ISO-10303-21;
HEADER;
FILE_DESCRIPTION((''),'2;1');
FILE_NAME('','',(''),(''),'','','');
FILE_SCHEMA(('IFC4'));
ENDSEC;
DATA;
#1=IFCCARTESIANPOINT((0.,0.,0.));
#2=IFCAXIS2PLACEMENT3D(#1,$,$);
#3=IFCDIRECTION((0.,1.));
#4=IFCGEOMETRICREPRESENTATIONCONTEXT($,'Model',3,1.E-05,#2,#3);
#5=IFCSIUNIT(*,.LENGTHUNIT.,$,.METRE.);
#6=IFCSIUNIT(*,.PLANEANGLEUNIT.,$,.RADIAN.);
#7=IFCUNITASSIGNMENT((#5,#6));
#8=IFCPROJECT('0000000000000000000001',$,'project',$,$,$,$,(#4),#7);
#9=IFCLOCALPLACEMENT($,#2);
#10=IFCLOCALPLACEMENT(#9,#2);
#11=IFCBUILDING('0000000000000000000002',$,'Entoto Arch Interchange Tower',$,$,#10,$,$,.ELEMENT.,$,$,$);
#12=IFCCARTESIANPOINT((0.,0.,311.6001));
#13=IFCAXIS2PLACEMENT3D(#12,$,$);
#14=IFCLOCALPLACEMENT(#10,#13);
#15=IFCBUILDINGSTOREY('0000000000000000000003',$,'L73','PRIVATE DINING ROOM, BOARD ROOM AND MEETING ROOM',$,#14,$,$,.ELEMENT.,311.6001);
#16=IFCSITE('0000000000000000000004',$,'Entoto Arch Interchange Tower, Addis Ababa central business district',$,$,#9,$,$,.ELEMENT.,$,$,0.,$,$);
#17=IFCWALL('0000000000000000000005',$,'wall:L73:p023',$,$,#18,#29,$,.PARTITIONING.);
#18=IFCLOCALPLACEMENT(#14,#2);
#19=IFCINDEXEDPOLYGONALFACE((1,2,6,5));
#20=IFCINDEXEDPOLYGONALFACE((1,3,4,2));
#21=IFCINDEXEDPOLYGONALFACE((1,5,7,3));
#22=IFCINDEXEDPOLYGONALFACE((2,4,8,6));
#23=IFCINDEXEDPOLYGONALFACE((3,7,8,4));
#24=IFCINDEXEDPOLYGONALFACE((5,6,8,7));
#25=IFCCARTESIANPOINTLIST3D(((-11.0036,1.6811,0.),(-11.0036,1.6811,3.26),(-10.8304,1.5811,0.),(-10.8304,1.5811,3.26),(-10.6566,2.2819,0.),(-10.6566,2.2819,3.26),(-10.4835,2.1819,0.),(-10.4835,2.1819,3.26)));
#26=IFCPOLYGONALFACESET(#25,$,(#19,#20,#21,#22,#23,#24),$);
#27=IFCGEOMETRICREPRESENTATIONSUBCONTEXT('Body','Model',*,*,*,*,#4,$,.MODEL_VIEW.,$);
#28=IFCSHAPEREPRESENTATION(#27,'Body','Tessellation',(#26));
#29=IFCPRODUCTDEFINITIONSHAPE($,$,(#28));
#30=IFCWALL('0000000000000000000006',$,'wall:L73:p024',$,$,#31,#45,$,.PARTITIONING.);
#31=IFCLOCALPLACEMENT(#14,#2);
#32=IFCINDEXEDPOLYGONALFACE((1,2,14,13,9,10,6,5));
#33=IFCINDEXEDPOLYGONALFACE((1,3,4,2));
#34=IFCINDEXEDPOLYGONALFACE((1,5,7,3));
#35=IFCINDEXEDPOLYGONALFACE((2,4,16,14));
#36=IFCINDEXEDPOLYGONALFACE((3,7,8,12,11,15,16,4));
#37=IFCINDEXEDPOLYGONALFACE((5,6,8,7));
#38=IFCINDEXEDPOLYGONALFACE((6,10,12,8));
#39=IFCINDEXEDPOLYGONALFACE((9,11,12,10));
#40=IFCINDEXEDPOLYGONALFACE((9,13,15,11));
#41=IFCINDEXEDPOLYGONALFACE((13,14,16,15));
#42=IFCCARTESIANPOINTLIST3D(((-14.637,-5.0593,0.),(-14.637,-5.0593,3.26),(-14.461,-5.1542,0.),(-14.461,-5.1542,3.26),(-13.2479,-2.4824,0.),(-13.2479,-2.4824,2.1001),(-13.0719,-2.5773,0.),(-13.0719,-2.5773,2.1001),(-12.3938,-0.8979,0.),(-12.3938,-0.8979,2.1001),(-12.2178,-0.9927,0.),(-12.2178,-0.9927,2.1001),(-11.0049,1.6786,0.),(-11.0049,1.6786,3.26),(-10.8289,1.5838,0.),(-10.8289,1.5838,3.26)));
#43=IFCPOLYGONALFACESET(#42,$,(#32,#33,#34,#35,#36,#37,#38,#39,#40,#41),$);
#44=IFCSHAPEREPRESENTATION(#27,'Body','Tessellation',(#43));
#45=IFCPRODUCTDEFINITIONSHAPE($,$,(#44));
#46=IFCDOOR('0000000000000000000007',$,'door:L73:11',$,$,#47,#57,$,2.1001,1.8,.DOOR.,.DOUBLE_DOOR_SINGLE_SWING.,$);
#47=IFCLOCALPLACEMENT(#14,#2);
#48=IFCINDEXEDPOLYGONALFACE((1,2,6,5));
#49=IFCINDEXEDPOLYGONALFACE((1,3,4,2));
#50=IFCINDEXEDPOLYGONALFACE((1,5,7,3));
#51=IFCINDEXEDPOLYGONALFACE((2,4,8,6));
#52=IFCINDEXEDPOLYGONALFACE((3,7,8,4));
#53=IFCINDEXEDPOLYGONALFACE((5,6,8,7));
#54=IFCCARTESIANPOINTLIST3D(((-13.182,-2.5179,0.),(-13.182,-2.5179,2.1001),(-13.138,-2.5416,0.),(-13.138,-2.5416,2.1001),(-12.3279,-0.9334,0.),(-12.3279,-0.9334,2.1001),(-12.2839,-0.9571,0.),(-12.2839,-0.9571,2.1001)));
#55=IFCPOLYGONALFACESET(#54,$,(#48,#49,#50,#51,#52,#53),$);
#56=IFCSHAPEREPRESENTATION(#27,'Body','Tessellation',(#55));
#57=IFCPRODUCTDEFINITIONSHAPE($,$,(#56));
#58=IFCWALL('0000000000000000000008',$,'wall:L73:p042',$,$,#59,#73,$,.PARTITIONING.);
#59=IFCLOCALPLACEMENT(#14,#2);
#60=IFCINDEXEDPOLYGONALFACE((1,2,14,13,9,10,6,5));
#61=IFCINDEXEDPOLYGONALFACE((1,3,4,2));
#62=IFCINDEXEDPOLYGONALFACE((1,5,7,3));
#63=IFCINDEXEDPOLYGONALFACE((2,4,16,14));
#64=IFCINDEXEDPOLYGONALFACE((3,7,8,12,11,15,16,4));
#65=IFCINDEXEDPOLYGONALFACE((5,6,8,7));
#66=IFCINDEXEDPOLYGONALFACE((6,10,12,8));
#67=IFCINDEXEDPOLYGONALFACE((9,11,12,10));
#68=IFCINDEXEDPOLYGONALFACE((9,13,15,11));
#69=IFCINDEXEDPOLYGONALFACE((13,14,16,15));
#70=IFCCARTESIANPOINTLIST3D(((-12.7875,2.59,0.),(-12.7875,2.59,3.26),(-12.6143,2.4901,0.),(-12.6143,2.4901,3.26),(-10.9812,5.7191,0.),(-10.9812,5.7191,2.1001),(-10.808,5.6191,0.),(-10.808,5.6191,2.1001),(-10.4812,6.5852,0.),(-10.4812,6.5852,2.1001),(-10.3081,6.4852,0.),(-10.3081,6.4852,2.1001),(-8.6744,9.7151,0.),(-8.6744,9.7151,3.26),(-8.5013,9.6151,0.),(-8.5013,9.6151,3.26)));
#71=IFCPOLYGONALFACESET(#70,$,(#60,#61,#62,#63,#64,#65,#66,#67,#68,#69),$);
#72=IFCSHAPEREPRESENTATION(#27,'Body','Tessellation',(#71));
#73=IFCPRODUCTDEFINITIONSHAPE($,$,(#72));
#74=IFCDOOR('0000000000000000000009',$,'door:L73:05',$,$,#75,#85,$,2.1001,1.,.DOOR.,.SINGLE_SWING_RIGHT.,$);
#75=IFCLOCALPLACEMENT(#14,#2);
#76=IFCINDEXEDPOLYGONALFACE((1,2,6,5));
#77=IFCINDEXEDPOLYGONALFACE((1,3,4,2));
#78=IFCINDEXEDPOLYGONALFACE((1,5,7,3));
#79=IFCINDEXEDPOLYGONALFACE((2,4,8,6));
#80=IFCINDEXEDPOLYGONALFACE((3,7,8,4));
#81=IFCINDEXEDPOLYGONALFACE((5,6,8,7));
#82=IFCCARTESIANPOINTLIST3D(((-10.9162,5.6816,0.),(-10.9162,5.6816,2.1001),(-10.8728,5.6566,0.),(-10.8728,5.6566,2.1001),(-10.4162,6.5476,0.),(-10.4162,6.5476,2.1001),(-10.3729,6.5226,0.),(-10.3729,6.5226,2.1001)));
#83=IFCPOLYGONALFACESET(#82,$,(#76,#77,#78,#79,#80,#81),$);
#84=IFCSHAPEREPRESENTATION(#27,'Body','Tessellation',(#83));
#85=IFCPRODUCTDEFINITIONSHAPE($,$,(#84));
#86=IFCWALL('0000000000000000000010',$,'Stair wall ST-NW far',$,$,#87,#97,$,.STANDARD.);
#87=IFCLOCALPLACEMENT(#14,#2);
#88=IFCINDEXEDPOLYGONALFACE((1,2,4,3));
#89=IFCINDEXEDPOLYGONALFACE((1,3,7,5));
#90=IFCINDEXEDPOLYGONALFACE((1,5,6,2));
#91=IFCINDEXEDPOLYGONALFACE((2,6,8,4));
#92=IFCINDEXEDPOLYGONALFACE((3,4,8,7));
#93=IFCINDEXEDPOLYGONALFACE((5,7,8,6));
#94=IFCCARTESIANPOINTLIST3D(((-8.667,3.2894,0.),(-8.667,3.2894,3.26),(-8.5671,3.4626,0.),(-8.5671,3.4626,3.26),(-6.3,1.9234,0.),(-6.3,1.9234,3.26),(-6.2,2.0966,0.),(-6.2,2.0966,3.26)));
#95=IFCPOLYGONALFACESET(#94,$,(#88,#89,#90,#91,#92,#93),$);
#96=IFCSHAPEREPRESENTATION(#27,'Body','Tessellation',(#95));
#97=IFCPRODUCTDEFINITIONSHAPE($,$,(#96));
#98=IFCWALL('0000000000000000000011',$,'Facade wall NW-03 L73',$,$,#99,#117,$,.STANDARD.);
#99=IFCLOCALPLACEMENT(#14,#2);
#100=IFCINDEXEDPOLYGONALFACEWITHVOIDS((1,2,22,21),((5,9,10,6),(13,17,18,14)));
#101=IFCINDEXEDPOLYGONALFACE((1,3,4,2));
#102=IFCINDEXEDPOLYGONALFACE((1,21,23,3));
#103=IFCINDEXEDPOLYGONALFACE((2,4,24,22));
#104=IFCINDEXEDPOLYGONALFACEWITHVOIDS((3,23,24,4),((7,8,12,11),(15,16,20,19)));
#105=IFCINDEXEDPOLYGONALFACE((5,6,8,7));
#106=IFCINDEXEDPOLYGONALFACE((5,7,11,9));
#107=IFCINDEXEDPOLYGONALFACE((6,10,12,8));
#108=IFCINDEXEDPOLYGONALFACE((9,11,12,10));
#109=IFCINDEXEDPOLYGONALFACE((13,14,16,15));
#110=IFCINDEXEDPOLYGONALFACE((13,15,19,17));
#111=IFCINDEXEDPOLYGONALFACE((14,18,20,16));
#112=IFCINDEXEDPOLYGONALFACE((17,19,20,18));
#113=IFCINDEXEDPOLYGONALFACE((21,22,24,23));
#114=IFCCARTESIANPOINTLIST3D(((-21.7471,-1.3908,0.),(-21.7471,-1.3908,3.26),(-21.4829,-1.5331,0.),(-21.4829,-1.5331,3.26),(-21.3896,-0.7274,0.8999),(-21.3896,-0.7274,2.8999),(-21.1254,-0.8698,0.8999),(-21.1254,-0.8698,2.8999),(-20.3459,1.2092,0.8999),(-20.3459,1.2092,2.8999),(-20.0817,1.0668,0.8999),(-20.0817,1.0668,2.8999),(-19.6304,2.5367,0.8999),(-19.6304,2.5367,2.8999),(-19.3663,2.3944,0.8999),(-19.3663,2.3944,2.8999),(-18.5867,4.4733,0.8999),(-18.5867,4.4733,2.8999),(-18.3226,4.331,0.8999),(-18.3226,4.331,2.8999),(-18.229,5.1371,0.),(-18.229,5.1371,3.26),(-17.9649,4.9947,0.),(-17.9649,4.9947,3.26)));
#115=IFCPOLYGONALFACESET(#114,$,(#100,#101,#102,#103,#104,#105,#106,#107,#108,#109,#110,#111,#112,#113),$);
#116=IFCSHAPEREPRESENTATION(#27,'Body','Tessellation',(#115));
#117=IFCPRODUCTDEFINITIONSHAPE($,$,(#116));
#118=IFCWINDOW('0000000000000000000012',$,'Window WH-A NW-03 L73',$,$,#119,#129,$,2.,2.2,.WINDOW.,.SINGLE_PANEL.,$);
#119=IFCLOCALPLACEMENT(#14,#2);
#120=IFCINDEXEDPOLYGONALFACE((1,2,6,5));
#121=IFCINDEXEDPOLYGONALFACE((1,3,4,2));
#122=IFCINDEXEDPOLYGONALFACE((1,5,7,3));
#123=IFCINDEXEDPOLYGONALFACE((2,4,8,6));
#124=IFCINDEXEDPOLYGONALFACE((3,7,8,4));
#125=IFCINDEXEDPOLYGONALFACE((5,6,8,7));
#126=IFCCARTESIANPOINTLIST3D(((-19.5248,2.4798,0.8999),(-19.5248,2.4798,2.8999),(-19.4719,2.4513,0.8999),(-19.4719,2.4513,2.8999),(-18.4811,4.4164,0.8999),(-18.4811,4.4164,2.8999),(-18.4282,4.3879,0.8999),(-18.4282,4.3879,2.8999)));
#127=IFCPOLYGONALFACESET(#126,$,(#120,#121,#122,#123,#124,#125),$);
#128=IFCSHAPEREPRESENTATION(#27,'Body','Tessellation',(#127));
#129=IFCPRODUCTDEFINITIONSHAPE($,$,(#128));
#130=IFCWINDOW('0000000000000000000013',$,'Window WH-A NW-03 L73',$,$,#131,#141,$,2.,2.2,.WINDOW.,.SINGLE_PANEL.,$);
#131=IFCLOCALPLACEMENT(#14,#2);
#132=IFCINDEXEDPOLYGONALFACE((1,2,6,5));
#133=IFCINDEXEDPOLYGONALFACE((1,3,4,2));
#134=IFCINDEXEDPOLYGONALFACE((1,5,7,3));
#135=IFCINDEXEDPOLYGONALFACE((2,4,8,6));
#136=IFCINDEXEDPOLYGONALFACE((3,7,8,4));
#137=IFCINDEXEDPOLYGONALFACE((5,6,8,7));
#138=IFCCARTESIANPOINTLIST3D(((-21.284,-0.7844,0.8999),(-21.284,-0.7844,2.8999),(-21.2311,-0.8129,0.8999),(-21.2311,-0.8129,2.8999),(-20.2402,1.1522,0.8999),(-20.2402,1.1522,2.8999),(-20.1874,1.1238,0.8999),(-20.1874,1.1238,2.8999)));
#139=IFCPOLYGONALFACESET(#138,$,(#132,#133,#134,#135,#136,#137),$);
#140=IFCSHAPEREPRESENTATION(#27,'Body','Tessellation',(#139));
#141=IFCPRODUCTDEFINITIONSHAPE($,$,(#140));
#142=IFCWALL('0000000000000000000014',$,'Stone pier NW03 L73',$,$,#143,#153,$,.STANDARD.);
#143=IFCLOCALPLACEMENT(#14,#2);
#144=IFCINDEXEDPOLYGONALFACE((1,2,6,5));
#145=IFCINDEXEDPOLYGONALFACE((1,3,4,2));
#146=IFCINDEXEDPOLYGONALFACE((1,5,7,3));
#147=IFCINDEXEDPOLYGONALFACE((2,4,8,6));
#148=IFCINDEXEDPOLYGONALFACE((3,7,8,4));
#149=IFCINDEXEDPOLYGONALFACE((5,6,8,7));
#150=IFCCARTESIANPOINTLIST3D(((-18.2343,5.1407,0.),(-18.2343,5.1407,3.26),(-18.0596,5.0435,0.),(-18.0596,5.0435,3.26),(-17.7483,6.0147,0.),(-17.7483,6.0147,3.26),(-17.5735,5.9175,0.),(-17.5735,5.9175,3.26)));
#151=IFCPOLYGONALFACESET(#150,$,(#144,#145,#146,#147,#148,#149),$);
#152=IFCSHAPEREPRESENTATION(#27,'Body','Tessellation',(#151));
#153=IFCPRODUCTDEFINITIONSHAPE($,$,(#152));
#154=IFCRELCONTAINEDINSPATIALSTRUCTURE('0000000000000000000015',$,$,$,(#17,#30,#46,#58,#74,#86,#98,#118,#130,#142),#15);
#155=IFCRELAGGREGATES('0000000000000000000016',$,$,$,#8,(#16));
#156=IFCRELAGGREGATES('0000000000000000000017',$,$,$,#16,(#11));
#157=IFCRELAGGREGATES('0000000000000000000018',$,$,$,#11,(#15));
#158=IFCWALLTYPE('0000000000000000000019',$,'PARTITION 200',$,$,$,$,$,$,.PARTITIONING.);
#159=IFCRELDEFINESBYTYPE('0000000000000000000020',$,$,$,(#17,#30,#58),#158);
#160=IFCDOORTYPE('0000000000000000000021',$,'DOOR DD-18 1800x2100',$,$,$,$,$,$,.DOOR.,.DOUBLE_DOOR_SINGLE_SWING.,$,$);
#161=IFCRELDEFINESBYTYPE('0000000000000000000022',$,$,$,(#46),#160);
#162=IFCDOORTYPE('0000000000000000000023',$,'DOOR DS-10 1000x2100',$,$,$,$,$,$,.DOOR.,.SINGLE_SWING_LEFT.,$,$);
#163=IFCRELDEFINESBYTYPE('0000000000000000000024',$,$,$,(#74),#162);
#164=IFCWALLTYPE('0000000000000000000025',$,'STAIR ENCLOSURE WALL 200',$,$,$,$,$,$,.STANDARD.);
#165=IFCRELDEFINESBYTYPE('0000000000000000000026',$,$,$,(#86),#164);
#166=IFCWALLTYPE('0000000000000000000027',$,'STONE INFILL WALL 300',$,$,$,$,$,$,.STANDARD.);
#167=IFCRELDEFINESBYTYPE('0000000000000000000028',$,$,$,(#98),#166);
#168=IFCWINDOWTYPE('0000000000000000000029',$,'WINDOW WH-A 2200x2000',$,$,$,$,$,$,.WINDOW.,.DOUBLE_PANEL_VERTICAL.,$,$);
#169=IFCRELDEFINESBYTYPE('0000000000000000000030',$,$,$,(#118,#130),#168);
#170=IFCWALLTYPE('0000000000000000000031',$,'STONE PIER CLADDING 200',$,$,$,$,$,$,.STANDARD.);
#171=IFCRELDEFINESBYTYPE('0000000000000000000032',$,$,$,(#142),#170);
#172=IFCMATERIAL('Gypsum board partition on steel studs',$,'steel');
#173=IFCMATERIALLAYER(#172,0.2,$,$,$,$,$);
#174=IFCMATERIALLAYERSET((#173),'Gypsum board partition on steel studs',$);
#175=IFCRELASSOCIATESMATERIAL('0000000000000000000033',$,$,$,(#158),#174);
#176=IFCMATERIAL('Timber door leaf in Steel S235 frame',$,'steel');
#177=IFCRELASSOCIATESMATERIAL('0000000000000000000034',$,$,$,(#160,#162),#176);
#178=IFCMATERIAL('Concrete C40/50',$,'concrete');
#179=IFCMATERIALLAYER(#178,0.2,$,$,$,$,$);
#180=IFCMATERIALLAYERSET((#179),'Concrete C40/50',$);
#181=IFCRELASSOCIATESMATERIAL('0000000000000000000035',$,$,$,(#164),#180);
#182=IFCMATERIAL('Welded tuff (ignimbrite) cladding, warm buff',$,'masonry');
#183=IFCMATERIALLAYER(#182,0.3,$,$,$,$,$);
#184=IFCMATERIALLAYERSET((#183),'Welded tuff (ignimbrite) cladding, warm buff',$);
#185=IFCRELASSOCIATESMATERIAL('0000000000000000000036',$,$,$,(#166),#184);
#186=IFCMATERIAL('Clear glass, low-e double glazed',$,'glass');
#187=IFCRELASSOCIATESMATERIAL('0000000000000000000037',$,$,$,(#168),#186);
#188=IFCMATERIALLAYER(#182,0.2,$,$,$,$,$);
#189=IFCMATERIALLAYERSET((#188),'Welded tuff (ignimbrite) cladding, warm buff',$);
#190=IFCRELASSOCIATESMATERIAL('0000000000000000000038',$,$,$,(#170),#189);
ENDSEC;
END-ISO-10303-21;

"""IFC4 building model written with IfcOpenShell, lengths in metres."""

from ifc_helpers import new_model, si_unit, direction, frame, frame_2d, origin, place, context, subcontext, project, spatial, rectangle, extrude, material, layer, layer_set, type_object, element, fill, save


model = new_model("IFC4")

# Units and contexts
model_context = context("Model", 3, precision=1e-05, world=origin(), true_north=direction((0.0, 1.0)))
body_context = subcontext(model_context, "Body", "Model", "MODEL_VIEW")
ifc_project = project(units=[si_unit("LENGTHUNIT", "METRE"), si_unit("PLANEANGLEUNIT", "RADIAN")], contexts=[model_context])

# Site, building, storey
site_placement = place(None, origin())
site = spatial("IfcSite", under=ifc_project, at=site_placement, Name="Entoto Arch Interchange Tower, Addis Ababa central business district", CompositionType="ELEMENT", RefElevation=0.0)
building_placement = place(site_placement, origin())
building = spatial("IfcBuilding", under=site, at=building_placement, Name="Entoto Arch Interchange Tower", CompositionType="ELEMENT")
storey_placement = place(building_placement, frame((0.0, 0.0, 311.6001)))
storey = spatial("IfcBuildingStorey", under=building, at=storey_placement, Name="L73", Description="PRIVATE DINING ROOM, BOARD ROOM AND MEETING ROOM", CompositionType="ELEMENT", Elevation=311.6001)

# Shared definitions
ifc_material_1 = material(Name="Concrete C40/50", Category="concrete")

# Wall
ifc_material_2 = material(Name="Gypsum board partition on steel studs", Category="steel")
ifc_layer_1 = layer(ifc_material_2, 0.2)
ifc_layer_set_1 = layer_set([ifc_layer_1], Name="Gypsum board partition on steel studs")
wall_type_1 = type_object("IfcWallType", Name="PARTITION 200", PredefinedType="PARTITIONING", material=ifc_layer_set_1)
wall_1_placement = place(storey_placement, frame((-10.5701, 2.2319, 0.0), z_axis=(0.0, 0.0, 1.0), x_axis=(-0.500037, -0.866004, 0.0)))
element("IfcWall", 1, at=wall_1_placement, inside=storey, type_object=wall_type_1, Name="wall:L73:p023", PredefinedType="PARTITIONING", context=body_context, shape_type="SweptSolid", body=[
    extrude(rectangle(XDim=0.6938, YDim=0.2, at=frame_2d((0.3469, 0.0))), origin(), (0.0, 0.0, 1.0), 3.26),
])

# Walls, openings, doors
wall_2_placement = place(storey_placement, frame((-10.917, 1.6311, 0.0), z_axis=(0.0, 0.0, 1.0), x_axis=(-0.474495, -0.880258, 0.0)))
wall_2 = element("IfcWall", 2, at=wall_2_placement, inside=storey, type_object=wall_type_1, Name="wall:L73:p024", PredefinedType="PARTITIONING", context=body_context, shape_type="SweptSolid", body=[
    extrude(rectangle(XDim=7.6545, YDim=0.2, at=frame_2d((3.8271, 0.0))), origin(), (0.0, 0.0, 1.0), 3.26),
])
opening_1_placement = place(wall_2_placement, frame((2.927, 0.0, 0.0)))
opening_1 = element("IfcOpeningElement", 3, at=opening_1_placement, cuts=wall_2, PredefinedType="OPENING", context=body_context, shape_type="SweptSolid", body=[
    extrude(rectangle(XDim=1.8, YDim=2.1001, at=frame_2d((0.8999, 1.05))), frame((0.0, 0.1099, 0.0), z_axis=(0.0, -1.0, 0.0), x_axis=(1.0, 0.0, 0.0)), (0.0, 0.0, 1.0), 0.22),
])
ifc_material_3 = material(Name="Timber door leaf in Steel S235 frame", Category="steel")
door_type_1 = type_object("IfcDoorType", Name="DOOR DD-18 1800x2100", OperationType="DOUBLE_DOOR_SINGLE_SWING", PredefinedType="DOOR", material=ifc_material_3)
door_1_placement = place(opening_1_placement, origin())
door_1 = element("IfcDoor", 4, at=door_1_placement, inside=storey, type_object=door_type_1, Name="door:L73:11", OperationType="DOUBLE_DOOR_SINGLE_SWING", OverallHeight=2.1001, OverallWidth=1.8, PredefinedType="DOOR", context=body_context, shape_type="SweptSolid", body=[
    extrude(rectangle(XDim=1.8, YDim=2.1001, at=frame_2d((0.8999, 1.05))), frame((0.0, 0.0249, 0.0), z_axis=(0.0, -1.0, 0.0), x_axis=(1.0, 0.0, 0.0)), (0.0, 0.0, 1.0), 0.05),
])
fill(opening_1, door_1)
wall_3_placement = place(storey_placement, frame((-12.7009, 2.54, 0.0), z_axis=(0.0, 0.0, 1.0), x_axis=(0.499947, 0.866056, 0.0)))
wall_3 = element("IfcWall", 5, at=wall_3_placement, inside=storey, type_object=wall_type_1, Name="wall:L73:p042", PredefinedType="PARTITIONING", context=body_context, shape_type="SweptSolid", body=[
    extrude(rectangle(XDim=8.2271, YDim=0.2, at=frame_2d((4.1135, 0.0))), origin(), (0.0, 0.0, 1.0), 3.26),
])
opening_2_placement = place(wall_3_placement, frame((3.613, 0.0, 0.0)))
opening_2 = element("IfcOpeningElement", 6, at=opening_2_placement, cuts=wall_3, PredefinedType="OPENING", context=body_context, shape_type="SweptSolid", body=[
    extrude(rectangle(XDim=1.0, YDim=2.1001, at=frame_2d((0.5, 1.05))), frame((0.0, 0.1099, 0.0), z_axis=(0.0, -1.0, 0.0), x_axis=(1.0, 0.0, 0.0)), (0.0, 0.0, 1.0), 0.22),
])
door_type_2 = type_object("IfcDoorType", Name="DOOR DS-10 1000x2100", OperationType="SINGLE_SWING_LEFT", PredefinedType="DOOR", material=ifc_material_3)
door_2_placement = place(opening_2_placement, origin())
door_2 = element("IfcDoor", 7, at=door_2_placement, inside=storey, type_object=door_type_2, Name="door:L73:05", OperationType="SINGLE_SWING_RIGHT", OverallHeight=2.1001, OverallWidth=1.0, PredefinedType="DOOR", context=body_context, shape_type="SweptSolid", body=[
    extrude(rectangle(XDim=1.0, YDim=2.1001, at=frame_2d((0.5, 1.05))), frame((0.0, 0.0249, 0.0), z_axis=(0.0, -1.0, 0.0), x_axis=(1.0, 0.0, 0.0)), (0.0, 0.0, 1.0), 0.05),
])
fill(opening_2, door_2)

# Wall
ifc_layer_2 = layer(ifc_material_1, 0.2)
ifc_layer_set_2 = layer_set([ifc_layer_2], Name="Concrete C40/50")
wall_type_2 = type_object("IfcWallType", Name="STAIR ENCLOSURE WALL 200", PredefinedType="STANDARD", material=ifc_layer_set_2)
wall_4_placement = place(storey_placement, frame((-6.25, 2.01, 0.0), z_axis=(0.0, 0.0, 1.0), x_axis=(-0.866119, 0.499838, 0.0)))
element("IfcWall", 8, at=wall_4_placement, inside=storey, type_object=wall_type_2, Name="Stair wall ST-NW far", PredefinedType="STANDARD", context=body_context, shape_type="SweptSolid", body=[
    extrude(rectangle(XDim=2.7329, YDim=0.2, at=frame_2d((1.3665, 0.0))), origin(), (0.0, 0.0, 1.0), 3.26),
])

# Wall, openings, windows
ifc_material_4 = material(Name="Welded tuff (ignimbrite) cladding, warm buff", Category="masonry")
ifc_layer_3 = layer(ifc_material_4, 0.3)
ifc_layer_set_3 = layer_set([ifc_layer_3], Name="Welded tuff (ignimbrite) cladding, warm buff")
wall_type_3 = type_object("IfcWallType", Name="STONE INFILL WALL 300", PredefinedType="STANDARD", material=ifc_layer_set_3)
wall_5_placement = place(storey_placement, frame((-18.0969, 5.0659, 0.0), z_axis=(0.0, 0.0, 1.0), x_axis=(-0.474422, -0.880298, 0.0)))
wall_5 = element("IfcWall", 9, at=wall_5_placement, inside=storey, type_object=wall_type_3, Name="Facade wall NW-03 L73", PredefinedType="STANDARD", context=body_context, shape_type="SweptSolid", body=[
    extrude(rectangle(XDim=7.4155, YDim=0.3, at=frame_2d((3.7078, 0.0))), origin(), (0.0, 0.0, 1.0), 3.26),
])
opening_3_placement = place(wall_5_placement, frame((0.7539, 0.0, 0.8999)))
opening_3 = element("IfcOpeningElement", 10, at=opening_3_placement, cuts=wall_5, PredefinedType="OPENING", context=body_context, shape_type="SweptSolid", body=[
    extrude(rectangle(XDim=2.2, YDim=2.0, at=frame_2d((1.1001, 1.0))), frame((0.0, 0.1602, 0.0), z_axis=(0.0, -1.0, 0.0), x_axis=(1.0, 0.0, 0.0)), (0.0, 0.0, 1.0), 0.3201),
])
opening_4_placement = place(wall_5_placement, frame((4.4619, 0.0, 0.8999)))
opening_4 = element("IfcOpeningElement", 11, at=opening_4_placement, cuts=wall_5, PredefinedType="OPENING", context=body_context, shape_type="SweptSolid", body=[
    extrude(rectangle(XDim=2.2, YDim=2.0, at=frame_2d((1.1001, 1.0))), frame((0.0, 0.1602, 0.0), z_axis=(0.0, -1.0, 0.0), x_axis=(1.0, 0.0, 0.0)), (0.0, 0.0, 1.0), 0.3201),
])
ifc_material_5 = material(Name="Clear glass, low-e double glazed", Category="glass")
window_type = type_object("IfcWindowType", Name="WINDOW WH-A 2200x2000", PartitioningType="DOUBLE_PANEL_VERTICAL", PredefinedType="WINDOW", material=ifc_material_5)
window_1_placement = place(opening_3_placement, origin())
window_1 = element("IfcWindow", 12, at=window_1_placement, inside=storey, type_object=window_type, Name="Window WH-A NW-03 L73", OverallHeight=2.0, OverallWidth=2.2, PartitioningType="SINGLE_PANEL", PredefinedType="WINDOW", context=body_context, shape_type="SweptSolid", body=[
    extrude(rectangle(XDim=2.2, YDim=2.0, at=frame_2d((1.1001, 1.0))), frame((0.0, 0.03, 0.0), z_axis=(0.0, -1.0, 0.0), x_axis=(1.0, 0.0, 0.0)), (0.0, 0.0, 1.0), 0.0601),
])
fill(opening_3, window_1)
window_2_placement = place(opening_4_placement, origin())
window_2 = element("IfcWindow", 13, at=window_2_placement, inside=storey, type_object=window_type, Name="Window WH-A NW-03 L73", OverallHeight=2.0, OverallWidth=2.2, PartitioningType="SINGLE_PANEL", PredefinedType="WINDOW", context=body_context, shape_type="SweptSolid", body=[
    extrude(rectangle(XDim=2.2, YDim=2.0, at=frame_2d((1.1001, 1.0))), frame((0.0, 0.03, 0.0), z_axis=(0.0, -1.0, 0.0), x_axis=(1.0, 0.0, 0.0)), (0.0, 0.0, 1.0), 0.0601),
])
fill(opening_4, window_2)

# Wall
ifc_layer_4 = layer(ifc_material_4, 0.2)
ifc_layer_set_4 = layer_set([ifc_layer_4], Name="Welded tuff (ignimbrite) cladding, warm buff")
wall_type_4 = type_object("IfcWallType", Name="STONE PIER CLADDING 200", PredefinedType="STANDARD", material=ifc_layer_set_4)
wall_6_placement = place(storey_placement, frame((-17.6609, 5.9661, 0.0), z_axis=(0.0, 0.0, 1.0), x_axis=(-0.486037, -0.873938, 0.0)))
element("IfcWall", 14, at=wall_6_placement, inside=storey, type_object=wall_type_4, Name="Stone pier NW03 L73", PredefinedType="STANDARD", context=body_context, shape_type="SweptSolid", body=[
    extrude(rectangle(XDim=1.0, YDim=0.2, at=frame_2d((0.5, 0.0))), origin(), (0.0, 0.0, 1.0), 3.26),
])

save(model, "model.ifc")
